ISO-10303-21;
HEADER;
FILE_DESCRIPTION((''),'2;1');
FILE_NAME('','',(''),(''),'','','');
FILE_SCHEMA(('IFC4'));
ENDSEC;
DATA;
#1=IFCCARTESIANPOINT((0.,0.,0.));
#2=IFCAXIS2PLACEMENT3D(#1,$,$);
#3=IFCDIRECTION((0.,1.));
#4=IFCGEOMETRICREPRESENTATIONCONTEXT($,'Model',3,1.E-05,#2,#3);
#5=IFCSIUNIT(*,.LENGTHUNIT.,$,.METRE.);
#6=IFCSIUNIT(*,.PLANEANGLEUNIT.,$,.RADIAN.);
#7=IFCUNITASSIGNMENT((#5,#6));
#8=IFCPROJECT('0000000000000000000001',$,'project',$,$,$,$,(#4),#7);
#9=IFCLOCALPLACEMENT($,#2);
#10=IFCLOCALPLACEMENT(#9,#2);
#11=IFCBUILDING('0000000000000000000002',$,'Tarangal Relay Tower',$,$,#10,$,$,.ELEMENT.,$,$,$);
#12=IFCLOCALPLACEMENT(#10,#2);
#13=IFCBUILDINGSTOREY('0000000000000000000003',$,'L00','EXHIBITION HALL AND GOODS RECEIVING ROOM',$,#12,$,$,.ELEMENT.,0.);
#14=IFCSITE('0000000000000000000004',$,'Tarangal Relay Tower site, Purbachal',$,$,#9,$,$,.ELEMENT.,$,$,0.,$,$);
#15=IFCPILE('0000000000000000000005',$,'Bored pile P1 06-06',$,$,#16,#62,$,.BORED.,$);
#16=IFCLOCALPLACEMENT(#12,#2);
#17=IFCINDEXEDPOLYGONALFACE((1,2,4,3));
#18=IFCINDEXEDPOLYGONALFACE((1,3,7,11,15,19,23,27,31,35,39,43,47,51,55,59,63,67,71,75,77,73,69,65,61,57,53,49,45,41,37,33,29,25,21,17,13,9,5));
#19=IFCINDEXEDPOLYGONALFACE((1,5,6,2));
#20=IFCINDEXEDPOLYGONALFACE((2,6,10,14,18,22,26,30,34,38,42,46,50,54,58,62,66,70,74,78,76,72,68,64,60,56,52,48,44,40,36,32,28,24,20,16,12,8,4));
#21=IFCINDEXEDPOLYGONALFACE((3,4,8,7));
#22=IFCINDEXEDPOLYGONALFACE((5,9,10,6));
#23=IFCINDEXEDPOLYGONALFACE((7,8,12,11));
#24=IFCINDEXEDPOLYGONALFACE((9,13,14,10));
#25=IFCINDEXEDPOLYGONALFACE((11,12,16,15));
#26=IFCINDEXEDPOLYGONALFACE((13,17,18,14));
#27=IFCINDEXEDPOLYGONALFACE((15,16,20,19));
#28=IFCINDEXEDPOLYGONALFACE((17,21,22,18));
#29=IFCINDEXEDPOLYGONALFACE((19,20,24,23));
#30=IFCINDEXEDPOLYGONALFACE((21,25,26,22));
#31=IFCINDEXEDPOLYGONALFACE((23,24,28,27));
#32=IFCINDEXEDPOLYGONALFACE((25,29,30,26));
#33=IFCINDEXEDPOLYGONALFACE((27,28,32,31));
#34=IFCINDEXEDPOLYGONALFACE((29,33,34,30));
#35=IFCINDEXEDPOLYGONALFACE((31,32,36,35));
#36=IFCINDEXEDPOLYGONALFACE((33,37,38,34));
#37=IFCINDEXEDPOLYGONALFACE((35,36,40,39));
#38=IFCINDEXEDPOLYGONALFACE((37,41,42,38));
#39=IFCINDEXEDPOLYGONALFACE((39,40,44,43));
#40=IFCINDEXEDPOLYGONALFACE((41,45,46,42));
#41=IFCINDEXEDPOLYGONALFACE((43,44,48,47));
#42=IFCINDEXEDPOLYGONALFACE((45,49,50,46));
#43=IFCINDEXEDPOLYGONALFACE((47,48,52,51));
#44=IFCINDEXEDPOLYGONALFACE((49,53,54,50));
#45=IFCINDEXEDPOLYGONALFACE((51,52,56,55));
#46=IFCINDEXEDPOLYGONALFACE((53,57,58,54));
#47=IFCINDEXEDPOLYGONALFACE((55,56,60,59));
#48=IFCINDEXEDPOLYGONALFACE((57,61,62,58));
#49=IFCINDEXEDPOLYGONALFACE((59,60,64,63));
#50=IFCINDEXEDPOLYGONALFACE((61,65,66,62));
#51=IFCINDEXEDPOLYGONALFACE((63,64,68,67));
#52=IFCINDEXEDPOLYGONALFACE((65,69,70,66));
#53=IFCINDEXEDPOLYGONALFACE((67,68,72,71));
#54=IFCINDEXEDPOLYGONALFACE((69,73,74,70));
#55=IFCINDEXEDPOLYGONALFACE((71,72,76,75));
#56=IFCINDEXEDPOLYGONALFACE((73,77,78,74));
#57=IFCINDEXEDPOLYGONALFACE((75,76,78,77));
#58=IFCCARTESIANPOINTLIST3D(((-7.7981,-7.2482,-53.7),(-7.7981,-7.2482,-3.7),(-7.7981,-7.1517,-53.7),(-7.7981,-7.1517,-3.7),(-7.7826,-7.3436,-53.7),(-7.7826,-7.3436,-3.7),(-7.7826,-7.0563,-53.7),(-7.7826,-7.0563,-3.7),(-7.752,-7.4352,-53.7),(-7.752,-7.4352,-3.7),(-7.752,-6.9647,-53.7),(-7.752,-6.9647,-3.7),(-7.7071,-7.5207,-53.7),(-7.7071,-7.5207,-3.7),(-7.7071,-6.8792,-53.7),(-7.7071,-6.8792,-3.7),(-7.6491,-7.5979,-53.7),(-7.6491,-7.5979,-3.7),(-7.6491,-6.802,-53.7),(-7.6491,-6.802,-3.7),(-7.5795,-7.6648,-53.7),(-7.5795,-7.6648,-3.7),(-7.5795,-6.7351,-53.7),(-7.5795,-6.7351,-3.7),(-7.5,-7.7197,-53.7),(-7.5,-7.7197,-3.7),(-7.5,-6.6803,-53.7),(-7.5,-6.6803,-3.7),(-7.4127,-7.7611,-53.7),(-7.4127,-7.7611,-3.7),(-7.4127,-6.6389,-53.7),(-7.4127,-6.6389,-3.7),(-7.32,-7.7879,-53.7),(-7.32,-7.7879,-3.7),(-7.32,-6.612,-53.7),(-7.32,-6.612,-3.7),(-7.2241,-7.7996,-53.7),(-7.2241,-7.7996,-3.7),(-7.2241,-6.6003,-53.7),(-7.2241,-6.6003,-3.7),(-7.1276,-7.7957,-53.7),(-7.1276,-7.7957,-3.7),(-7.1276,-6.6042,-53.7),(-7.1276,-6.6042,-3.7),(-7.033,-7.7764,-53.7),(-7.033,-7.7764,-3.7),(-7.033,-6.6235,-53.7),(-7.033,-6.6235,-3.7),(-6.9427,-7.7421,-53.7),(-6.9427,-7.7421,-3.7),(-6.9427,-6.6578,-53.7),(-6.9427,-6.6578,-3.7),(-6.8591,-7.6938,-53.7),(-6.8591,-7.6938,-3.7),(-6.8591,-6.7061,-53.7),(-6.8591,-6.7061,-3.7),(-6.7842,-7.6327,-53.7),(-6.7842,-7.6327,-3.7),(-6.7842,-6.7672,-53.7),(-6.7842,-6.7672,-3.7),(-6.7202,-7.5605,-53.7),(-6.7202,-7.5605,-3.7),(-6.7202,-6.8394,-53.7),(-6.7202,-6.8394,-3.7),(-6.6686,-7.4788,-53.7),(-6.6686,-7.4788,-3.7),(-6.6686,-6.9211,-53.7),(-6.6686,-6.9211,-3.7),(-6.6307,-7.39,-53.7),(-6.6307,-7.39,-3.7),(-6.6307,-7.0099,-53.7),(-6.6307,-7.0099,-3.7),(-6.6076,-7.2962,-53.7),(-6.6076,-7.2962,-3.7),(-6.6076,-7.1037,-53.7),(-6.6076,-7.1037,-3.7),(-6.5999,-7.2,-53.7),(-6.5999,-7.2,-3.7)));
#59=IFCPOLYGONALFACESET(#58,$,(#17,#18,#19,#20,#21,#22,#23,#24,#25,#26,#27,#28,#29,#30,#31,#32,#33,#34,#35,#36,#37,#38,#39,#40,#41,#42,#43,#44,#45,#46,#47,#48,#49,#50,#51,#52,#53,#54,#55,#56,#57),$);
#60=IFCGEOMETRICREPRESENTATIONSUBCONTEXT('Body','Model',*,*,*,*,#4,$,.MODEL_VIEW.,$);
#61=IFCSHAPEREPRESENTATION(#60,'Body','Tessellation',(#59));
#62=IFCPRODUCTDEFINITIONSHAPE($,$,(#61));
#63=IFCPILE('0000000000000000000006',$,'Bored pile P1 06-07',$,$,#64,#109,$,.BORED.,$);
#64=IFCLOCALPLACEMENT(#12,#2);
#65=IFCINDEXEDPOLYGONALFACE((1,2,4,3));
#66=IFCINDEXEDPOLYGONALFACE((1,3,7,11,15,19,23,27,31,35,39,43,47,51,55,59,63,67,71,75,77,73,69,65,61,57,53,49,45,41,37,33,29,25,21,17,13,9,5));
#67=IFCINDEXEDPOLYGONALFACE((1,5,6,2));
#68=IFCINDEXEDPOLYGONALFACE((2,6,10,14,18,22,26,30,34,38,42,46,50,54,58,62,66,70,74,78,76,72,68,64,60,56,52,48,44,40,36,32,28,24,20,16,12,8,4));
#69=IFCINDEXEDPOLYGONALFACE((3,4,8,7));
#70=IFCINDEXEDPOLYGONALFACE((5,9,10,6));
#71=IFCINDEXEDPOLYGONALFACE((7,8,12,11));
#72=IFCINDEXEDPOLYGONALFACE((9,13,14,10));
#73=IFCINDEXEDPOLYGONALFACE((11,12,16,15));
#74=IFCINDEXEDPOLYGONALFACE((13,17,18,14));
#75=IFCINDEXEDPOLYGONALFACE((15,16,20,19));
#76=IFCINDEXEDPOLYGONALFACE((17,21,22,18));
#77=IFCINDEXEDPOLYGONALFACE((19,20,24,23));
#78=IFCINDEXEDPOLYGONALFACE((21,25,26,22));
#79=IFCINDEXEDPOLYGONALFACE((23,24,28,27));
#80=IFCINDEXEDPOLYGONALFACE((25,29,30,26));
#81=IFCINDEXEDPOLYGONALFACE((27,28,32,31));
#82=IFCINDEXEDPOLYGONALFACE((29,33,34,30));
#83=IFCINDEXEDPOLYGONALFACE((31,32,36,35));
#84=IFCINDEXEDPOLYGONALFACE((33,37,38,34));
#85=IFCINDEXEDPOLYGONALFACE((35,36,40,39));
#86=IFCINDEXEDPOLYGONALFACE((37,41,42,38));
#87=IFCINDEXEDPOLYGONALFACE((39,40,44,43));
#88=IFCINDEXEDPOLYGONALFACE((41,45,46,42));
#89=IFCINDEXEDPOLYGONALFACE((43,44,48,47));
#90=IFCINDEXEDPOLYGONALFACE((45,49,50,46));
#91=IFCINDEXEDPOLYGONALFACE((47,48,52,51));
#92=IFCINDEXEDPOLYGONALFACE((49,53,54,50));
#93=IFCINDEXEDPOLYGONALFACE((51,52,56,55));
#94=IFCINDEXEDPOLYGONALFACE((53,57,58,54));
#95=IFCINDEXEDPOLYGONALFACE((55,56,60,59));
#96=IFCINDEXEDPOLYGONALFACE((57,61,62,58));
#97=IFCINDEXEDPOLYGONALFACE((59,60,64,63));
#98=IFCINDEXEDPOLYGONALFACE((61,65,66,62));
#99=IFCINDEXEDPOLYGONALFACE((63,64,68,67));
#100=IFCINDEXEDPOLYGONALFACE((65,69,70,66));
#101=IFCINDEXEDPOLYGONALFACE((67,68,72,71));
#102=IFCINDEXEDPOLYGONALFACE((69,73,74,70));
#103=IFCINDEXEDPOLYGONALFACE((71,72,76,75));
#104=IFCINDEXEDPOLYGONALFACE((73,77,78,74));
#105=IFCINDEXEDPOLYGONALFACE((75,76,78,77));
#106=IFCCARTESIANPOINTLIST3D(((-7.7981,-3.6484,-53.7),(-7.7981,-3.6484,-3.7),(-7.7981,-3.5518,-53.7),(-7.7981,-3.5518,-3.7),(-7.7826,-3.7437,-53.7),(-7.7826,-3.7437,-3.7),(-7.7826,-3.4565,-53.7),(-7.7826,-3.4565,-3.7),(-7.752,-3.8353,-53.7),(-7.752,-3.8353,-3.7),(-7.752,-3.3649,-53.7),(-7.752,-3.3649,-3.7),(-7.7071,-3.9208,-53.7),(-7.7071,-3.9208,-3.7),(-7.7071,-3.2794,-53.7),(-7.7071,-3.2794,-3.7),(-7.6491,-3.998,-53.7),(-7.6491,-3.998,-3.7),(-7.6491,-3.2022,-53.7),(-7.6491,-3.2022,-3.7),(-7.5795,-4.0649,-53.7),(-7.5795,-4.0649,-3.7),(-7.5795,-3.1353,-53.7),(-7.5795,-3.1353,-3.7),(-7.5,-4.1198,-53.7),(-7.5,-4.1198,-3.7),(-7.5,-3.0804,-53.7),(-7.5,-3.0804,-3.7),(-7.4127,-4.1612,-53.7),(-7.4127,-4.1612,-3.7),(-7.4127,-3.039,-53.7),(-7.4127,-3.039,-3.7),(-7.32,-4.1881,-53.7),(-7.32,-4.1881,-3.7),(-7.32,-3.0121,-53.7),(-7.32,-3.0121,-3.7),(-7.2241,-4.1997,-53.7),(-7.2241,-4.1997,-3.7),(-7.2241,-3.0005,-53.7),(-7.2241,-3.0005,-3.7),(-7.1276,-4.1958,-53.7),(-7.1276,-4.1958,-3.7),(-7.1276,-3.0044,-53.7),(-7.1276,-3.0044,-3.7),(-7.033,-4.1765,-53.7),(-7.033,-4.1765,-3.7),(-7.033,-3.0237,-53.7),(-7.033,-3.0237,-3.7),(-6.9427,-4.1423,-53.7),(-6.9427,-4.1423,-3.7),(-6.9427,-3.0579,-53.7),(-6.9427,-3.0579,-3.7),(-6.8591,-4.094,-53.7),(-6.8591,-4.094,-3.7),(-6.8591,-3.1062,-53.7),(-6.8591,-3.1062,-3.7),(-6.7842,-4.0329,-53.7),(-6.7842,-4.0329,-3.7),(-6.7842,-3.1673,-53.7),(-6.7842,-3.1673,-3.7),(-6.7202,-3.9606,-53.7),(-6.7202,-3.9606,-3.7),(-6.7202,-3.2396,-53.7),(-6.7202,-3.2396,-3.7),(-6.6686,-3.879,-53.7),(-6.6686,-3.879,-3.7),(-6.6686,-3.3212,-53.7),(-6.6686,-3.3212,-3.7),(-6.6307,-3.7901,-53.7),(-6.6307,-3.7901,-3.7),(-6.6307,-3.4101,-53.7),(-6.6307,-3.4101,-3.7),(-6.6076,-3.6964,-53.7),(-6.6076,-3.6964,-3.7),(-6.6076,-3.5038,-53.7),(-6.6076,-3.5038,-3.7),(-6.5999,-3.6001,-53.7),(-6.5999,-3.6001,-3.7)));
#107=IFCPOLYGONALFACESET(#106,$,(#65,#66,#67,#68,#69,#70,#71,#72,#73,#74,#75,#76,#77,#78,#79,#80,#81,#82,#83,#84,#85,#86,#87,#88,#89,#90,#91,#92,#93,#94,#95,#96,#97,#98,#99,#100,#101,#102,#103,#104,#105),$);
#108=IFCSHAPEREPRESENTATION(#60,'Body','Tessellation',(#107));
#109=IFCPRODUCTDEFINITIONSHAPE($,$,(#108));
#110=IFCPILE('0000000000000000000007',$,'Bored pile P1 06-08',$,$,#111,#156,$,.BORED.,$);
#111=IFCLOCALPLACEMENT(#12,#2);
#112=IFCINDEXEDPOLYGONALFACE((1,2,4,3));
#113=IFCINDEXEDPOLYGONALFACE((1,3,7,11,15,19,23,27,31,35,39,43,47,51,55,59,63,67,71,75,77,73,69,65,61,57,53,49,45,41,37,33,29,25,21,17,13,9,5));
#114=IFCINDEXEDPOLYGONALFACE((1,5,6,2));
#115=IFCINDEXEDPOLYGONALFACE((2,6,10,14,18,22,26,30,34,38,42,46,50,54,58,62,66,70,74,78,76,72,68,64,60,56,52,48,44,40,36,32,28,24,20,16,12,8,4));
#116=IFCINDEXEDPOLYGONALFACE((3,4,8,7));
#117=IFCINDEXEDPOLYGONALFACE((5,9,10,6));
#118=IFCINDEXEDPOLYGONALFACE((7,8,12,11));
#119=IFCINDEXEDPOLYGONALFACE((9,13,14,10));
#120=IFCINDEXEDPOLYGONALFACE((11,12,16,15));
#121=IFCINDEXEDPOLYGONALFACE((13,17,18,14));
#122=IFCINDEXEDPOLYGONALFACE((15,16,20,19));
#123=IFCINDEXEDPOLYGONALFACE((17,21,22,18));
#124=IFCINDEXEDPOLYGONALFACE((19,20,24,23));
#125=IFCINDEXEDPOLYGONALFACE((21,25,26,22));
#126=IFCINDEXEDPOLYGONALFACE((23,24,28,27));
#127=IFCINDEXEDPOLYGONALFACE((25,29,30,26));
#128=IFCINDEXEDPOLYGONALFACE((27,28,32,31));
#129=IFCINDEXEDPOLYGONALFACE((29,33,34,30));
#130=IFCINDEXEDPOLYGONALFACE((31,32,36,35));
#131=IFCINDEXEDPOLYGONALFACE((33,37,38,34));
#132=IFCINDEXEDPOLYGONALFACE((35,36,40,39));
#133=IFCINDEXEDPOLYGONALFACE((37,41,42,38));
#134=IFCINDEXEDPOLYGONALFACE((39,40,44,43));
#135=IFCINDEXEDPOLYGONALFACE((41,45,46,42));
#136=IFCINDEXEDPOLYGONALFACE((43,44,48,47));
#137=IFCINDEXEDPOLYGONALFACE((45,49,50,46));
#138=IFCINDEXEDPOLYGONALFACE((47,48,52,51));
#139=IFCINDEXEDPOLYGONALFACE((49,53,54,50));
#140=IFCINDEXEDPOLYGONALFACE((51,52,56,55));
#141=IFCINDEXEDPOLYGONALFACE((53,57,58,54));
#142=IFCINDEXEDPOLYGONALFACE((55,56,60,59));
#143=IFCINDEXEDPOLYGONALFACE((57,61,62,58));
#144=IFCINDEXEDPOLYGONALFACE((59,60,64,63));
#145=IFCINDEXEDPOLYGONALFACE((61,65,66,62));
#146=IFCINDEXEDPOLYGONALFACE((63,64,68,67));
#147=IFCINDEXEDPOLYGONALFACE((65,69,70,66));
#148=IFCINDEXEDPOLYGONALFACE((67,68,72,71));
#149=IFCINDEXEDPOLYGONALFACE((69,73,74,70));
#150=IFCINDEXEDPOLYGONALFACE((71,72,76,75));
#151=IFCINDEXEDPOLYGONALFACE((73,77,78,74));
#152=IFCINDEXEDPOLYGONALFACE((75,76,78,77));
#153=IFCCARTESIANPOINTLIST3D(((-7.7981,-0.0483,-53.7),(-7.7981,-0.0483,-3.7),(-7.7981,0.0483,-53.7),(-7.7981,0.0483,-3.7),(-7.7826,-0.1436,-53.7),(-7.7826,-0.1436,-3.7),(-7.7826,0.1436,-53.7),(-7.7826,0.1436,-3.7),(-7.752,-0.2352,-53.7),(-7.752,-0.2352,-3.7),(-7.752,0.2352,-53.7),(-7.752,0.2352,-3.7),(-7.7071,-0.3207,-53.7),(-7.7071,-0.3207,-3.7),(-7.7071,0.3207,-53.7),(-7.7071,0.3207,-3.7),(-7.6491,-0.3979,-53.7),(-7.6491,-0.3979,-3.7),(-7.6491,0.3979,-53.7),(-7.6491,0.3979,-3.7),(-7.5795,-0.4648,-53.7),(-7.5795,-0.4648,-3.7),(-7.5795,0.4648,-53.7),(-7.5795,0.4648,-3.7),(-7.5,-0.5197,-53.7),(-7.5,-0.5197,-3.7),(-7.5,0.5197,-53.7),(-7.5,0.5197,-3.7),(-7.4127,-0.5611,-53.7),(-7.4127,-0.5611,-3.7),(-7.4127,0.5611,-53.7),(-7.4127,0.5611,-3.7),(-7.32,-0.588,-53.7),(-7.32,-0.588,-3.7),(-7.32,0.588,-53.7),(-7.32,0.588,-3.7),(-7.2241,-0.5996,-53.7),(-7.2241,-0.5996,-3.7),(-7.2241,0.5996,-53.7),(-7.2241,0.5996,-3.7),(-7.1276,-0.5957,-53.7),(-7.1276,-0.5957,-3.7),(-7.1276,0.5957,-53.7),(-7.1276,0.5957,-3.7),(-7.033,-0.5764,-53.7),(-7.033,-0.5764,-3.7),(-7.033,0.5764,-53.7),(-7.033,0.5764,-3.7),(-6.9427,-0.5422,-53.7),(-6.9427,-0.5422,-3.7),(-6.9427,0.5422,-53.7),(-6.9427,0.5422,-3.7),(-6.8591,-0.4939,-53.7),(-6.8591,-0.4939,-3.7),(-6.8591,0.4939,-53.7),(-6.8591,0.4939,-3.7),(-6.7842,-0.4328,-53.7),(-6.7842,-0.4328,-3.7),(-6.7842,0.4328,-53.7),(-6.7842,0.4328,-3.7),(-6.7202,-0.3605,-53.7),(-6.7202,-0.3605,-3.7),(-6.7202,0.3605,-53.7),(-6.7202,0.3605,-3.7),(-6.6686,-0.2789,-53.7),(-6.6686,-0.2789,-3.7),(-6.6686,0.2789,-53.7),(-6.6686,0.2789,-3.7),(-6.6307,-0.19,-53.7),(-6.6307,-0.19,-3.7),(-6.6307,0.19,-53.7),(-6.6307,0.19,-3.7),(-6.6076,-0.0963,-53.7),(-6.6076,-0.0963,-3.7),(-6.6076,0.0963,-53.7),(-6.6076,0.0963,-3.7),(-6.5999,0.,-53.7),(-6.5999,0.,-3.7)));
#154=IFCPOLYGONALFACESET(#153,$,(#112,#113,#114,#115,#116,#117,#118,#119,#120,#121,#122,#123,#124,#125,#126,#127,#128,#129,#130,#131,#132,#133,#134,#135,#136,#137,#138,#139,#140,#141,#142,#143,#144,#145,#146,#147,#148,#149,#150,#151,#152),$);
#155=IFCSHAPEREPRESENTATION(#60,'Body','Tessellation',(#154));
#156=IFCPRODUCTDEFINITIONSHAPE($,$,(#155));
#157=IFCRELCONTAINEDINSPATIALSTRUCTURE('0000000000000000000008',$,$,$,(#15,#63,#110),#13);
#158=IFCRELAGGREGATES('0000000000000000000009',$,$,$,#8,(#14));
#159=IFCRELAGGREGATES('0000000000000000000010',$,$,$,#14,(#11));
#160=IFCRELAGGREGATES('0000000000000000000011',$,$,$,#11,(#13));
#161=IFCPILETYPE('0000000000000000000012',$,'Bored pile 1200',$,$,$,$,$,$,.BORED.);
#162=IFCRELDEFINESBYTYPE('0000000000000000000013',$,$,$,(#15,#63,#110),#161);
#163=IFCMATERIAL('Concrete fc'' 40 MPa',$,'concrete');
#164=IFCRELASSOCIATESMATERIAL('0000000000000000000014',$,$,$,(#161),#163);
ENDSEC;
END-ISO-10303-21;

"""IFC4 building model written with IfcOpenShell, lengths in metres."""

from ifc_helpers import new_model, si_unit, direction, frame, origin, origin_2d, place, context, subcontext, project, spatial, circle, extrude, material, material_profile, profile_set, type_object, element, save


model = new_model("IFC4")

# Units and contexts
model_context = context("Model", 3, precision=1e-05, world=origin(), true_north=direction((0.0, 1.0)))
body_context = subcontext(model_context, "Body", "Model", "MODEL_VIEW")
ifc_project = project(units=[si_unit("LENGTHUNIT", "METRE"), si_unit("PLANEANGLEUNIT", "RADIAN")], contexts=[model_context])

# Site, building, storey
site_placement = place(None, origin())
site = spatial("IfcSite", under=ifc_project, at=site_placement, Name="Tarangal Relay Tower site, Purbachal", CompositionType="ELEMENT", RefElevation=0.0)
building_placement = place(site_placement, origin())
building = spatial("IfcBuilding", under=site, at=building_placement, Name="Tarangal Relay Tower", CompositionType="ELEMENT")
storey_placement = place(building_placement, origin())
storey = spatial("IfcBuildingStorey", under=building, at=storey_placement, Name="L00", Description="EXHIBITION HALL AND GOODS RECEIVING ROOM", CompositionType="ELEMENT", Elevation=0.0)

# Piles
ifc_material_1 = material(Name="Concrete fc' 40 MPa", Category="concrete")
ifc_material_profile = material_profile(ifc_material_1, circle(Radius=0.6001, at=origin_2d()), Name="D1200")
ifc_profile_set = profile_set([ifc_material_profile], Name="Concrete fc' 40 MPa")
pile_type = type_object("IfcPileType", Name="Bored pile 1200", PredefinedType="BORED", material=ifc_profile_set)
for number, where, z_axis, x_axis, name in (
    (1, (-7.2, -7.2, -3.7), (0.0, 0.0, -1.0), (1.0, 0.0, 0.0), "Bored pile P1 06-06"),
    (2, (-7.2, -3.6001, -3.7), (0.0, 0.0, -1.0), (1.0, 0.0, 0.0), "Bored pile P1 06-07"),
    (3, (-7.2, 0.0, -3.7), (0.0, 0.0, -1.0), (1.0, 0.0, 0.0), "Bored pile P1 06-08"),
):
    element("IfcPile", number, at=place(storey_placement, frame(where, z_axis=z_axis, x_axis=x_axis)), inside=storey, type_object=pile_type, Name=name, PredefinedType="BORED", context=body_context, shape_type="SweptSolid", body=[
        extrude(circle(Radius=0.6001, at=origin_2d()), origin(), (0.0, 0.0, 1.0), 50.0),
    ])

save(model, "model.ifc")
